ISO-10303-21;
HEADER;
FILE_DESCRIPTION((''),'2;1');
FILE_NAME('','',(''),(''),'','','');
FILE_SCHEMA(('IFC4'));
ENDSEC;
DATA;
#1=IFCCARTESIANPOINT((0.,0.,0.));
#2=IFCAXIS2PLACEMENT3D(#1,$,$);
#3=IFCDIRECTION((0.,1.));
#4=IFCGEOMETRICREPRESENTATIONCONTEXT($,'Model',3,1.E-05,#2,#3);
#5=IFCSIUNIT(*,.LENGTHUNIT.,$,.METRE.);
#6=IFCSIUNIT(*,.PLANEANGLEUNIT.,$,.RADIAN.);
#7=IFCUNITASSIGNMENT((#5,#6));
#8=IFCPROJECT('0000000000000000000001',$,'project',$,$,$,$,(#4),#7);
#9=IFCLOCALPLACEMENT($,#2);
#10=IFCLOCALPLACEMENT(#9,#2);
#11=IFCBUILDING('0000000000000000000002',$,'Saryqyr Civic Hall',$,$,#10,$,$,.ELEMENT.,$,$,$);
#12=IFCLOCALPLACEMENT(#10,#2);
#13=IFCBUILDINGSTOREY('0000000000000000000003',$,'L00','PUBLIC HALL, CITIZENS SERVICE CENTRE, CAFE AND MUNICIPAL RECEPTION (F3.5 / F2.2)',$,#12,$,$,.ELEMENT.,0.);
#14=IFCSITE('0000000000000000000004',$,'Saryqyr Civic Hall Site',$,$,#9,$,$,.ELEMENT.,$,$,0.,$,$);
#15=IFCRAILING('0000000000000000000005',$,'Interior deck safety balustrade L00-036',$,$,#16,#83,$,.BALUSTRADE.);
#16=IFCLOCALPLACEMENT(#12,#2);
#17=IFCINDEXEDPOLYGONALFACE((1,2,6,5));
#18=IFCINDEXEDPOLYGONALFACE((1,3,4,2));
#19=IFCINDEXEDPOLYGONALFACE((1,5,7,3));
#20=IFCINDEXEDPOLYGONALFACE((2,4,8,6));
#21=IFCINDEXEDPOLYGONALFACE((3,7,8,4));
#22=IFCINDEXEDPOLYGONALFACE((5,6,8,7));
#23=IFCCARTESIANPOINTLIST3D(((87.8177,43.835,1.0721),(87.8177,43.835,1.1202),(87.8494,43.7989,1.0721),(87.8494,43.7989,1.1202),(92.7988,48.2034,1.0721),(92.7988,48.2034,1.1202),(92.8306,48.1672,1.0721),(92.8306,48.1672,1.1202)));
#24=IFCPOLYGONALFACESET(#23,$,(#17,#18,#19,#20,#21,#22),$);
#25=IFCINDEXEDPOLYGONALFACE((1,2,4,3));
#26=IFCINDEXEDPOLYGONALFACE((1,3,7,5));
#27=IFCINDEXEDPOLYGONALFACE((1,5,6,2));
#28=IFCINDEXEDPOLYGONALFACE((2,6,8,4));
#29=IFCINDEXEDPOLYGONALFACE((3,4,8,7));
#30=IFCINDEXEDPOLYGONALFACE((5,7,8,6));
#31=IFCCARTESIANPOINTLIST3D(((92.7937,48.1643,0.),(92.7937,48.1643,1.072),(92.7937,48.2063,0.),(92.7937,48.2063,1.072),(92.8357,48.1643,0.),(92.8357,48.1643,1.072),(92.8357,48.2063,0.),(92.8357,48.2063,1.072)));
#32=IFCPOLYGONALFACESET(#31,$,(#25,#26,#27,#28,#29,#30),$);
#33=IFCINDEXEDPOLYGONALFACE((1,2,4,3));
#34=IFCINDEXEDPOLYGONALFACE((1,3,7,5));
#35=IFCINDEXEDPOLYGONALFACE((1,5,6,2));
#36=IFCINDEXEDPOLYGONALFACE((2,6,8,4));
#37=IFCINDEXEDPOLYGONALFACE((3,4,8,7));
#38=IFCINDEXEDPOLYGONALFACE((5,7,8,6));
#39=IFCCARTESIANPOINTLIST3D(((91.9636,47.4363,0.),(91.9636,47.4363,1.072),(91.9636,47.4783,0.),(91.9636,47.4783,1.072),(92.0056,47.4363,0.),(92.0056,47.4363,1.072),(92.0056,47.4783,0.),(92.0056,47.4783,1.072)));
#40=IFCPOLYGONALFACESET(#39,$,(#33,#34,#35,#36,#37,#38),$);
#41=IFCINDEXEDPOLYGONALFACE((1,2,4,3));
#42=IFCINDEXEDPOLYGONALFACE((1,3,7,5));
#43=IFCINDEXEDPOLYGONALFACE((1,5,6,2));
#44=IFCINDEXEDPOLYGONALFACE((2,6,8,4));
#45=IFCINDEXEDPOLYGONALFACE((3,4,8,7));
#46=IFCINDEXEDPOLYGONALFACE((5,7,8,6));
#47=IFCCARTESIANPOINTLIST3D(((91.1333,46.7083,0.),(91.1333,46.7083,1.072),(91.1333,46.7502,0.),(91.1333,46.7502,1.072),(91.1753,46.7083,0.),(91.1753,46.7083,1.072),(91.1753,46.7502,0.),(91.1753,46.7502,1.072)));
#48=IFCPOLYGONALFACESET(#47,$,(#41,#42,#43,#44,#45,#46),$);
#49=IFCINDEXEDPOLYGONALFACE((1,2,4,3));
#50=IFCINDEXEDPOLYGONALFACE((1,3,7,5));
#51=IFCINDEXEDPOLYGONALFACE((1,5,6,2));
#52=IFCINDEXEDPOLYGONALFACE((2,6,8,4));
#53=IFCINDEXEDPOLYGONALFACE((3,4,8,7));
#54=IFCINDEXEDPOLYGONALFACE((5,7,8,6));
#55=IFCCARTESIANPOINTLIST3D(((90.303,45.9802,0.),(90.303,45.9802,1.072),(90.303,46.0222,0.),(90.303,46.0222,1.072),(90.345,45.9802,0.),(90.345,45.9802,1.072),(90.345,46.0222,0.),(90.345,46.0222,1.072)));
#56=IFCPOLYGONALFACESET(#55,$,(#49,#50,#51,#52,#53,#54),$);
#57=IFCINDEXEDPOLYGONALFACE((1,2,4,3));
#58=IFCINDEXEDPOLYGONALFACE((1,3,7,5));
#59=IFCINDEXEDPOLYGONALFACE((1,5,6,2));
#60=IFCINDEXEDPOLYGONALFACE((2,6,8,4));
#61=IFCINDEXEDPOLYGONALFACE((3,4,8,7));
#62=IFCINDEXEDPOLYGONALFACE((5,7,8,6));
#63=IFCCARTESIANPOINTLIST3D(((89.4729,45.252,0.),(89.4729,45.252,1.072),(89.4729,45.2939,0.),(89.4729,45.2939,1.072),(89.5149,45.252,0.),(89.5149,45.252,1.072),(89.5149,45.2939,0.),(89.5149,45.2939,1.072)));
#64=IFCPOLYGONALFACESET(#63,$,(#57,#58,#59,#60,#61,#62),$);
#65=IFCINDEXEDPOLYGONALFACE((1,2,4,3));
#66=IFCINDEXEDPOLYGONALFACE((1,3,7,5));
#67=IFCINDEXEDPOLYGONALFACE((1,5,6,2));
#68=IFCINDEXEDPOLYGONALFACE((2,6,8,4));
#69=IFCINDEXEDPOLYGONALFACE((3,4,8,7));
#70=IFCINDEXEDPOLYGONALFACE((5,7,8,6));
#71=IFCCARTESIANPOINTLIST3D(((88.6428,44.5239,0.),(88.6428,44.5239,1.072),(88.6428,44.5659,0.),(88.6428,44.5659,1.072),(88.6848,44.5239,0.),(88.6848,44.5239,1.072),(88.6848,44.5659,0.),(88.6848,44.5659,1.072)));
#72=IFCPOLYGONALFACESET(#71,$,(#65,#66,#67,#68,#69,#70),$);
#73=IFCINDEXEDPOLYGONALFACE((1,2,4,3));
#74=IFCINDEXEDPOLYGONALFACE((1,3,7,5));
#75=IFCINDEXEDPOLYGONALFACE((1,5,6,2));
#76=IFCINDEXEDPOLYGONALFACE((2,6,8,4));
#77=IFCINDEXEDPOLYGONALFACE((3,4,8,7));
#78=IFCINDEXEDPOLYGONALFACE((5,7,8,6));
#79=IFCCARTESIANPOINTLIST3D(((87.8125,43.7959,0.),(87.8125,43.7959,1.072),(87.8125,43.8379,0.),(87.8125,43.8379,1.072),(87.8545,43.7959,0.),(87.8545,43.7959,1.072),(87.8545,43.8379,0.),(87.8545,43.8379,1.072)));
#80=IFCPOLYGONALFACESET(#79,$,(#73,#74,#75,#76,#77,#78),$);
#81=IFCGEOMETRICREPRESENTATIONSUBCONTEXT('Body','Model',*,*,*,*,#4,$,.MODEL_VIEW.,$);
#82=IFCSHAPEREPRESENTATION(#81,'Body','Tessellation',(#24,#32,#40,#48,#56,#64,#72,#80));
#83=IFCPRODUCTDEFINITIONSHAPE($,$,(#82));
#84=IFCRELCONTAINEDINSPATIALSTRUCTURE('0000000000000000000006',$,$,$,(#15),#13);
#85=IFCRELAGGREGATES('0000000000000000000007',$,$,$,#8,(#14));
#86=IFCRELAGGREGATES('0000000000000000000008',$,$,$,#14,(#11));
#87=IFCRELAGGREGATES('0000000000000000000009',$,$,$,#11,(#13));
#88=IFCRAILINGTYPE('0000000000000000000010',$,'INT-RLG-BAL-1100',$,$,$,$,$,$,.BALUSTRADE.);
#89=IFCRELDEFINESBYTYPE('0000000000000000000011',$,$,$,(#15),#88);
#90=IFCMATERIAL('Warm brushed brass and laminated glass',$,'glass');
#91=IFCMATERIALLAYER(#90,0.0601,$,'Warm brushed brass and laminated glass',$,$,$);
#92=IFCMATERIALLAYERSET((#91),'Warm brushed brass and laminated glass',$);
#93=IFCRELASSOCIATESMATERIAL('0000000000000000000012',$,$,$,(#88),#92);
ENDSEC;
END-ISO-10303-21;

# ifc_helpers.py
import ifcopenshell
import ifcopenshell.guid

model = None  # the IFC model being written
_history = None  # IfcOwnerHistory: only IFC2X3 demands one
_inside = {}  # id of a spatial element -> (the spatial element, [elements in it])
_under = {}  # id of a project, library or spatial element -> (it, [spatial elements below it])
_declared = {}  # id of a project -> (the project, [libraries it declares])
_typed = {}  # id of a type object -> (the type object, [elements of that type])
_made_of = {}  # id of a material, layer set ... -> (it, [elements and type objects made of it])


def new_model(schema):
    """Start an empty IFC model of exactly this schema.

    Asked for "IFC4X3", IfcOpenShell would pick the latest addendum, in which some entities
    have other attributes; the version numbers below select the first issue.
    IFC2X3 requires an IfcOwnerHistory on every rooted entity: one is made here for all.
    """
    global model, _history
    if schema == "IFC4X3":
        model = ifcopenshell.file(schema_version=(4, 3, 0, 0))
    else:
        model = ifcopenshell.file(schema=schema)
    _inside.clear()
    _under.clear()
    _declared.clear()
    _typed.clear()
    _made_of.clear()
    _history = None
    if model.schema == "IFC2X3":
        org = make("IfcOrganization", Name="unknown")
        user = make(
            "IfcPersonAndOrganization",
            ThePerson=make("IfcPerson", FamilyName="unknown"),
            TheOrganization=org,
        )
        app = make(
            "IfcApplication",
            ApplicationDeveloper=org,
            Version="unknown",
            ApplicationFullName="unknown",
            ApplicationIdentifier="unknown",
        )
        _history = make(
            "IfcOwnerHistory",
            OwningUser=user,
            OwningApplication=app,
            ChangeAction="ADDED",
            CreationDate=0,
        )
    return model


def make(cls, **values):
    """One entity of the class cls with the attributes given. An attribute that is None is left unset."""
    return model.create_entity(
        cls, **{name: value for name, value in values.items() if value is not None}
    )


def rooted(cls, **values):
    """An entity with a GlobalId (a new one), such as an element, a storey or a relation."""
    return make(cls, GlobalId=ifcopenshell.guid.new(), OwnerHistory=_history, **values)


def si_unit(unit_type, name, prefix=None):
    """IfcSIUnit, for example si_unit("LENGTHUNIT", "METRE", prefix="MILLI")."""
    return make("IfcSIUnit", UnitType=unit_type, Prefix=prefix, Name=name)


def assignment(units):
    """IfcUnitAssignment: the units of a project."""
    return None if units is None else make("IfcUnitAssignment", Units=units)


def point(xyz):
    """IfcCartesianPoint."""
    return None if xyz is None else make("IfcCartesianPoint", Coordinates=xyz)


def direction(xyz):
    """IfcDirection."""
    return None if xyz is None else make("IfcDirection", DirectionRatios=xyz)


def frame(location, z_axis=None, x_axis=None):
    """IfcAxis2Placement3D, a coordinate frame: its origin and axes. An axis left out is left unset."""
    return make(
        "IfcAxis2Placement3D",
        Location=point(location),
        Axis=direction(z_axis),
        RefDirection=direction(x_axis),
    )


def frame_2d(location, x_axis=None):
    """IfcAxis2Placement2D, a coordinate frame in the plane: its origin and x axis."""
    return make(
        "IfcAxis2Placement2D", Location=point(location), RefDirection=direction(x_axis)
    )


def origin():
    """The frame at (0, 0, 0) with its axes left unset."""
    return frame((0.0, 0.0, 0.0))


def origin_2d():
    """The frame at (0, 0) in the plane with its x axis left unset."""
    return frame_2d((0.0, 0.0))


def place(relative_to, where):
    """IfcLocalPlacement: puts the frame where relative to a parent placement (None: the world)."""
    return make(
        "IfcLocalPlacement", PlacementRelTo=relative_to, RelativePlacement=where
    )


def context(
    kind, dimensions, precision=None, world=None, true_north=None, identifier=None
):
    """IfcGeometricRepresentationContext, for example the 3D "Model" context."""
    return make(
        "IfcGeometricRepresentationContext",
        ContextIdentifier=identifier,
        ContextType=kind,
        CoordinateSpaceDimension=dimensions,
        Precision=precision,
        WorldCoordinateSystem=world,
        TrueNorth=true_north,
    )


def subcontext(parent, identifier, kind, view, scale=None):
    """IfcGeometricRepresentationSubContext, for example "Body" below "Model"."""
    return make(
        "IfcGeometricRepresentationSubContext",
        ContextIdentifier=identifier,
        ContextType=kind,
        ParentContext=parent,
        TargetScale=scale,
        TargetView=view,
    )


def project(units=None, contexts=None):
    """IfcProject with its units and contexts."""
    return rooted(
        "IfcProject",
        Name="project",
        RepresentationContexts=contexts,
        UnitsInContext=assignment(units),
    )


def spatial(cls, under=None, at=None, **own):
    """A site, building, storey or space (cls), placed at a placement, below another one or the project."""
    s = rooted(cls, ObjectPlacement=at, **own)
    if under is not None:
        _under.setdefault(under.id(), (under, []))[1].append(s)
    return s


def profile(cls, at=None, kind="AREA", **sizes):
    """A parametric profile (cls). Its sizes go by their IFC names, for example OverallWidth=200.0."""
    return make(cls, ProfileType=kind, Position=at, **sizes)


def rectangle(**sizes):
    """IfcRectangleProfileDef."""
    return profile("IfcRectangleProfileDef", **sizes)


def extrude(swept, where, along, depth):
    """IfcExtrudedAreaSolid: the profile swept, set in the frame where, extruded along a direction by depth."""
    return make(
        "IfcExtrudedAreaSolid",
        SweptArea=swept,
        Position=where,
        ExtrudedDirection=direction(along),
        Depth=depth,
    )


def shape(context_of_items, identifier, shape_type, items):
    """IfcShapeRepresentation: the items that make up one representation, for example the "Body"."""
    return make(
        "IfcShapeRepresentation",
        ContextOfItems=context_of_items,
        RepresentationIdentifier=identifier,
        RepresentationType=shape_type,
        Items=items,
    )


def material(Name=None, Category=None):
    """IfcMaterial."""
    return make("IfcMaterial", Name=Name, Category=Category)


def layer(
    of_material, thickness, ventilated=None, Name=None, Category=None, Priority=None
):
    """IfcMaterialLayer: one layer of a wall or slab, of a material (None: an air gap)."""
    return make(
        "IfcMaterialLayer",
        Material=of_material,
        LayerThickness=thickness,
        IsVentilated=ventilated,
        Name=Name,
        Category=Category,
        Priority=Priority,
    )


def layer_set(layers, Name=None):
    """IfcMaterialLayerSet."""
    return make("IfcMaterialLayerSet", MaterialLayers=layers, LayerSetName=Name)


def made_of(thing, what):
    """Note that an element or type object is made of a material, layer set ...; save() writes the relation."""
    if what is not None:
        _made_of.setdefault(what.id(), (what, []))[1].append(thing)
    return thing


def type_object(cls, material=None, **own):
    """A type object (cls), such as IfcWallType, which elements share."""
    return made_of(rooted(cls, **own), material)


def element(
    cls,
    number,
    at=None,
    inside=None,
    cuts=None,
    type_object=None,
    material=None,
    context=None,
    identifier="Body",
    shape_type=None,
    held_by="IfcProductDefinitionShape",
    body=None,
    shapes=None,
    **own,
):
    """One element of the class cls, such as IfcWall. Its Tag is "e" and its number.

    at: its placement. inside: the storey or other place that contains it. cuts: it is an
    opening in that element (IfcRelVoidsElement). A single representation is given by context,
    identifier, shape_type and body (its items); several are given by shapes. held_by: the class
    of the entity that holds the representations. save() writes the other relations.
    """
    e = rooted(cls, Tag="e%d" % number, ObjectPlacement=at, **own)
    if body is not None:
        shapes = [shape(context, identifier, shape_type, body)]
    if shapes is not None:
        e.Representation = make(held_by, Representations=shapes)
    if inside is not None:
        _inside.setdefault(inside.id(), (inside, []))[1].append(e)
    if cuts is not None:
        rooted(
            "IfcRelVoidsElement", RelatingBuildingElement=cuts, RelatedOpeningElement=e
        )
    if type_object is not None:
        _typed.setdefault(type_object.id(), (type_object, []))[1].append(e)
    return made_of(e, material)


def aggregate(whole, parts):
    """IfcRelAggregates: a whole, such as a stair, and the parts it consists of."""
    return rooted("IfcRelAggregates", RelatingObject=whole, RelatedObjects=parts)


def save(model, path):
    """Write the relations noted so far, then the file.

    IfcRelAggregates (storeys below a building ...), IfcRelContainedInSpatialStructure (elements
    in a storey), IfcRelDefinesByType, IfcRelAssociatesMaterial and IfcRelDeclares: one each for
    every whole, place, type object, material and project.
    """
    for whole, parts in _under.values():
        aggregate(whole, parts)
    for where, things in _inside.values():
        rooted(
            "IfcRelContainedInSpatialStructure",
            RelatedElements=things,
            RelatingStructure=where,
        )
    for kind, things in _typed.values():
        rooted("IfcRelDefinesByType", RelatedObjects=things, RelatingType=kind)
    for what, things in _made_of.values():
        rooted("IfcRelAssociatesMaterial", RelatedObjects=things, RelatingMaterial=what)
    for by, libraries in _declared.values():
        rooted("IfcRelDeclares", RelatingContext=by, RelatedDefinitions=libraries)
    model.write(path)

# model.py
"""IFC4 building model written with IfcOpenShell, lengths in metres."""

from ifc_helpers import new_model, si_unit, direction, frame, origin, origin_2d, place, context, subcontext, project, spatial, rectangle, extrude, material, layer, layer_set, type_object, element, save


model = new_model("IFC4")

# Units and contexts
model_context = context("Model", 3, precision=1e-05, world=origin(), true_north=direction((0.0, 1.0)))
body_context = subcontext(model_context, "Body", "Model", "MODEL_VIEW")
ifc_project = project(units=[si_unit("LENGTHUNIT", "METRE"), si_unit("PLANEANGLEUNIT", "RADIAN")], contexts=[model_context])

# Site, building, storey
site_placement = place(None, origin())
site = spatial("IfcSite", under=ifc_project, at=site_placement, Name="Saryqyr Civic Hall Site", CompositionType="ELEMENT", RefElevation=0.0)
building_placement = place(site_placement, origin())
building = spatial("IfcBuilding", under=site, at=building_placement, Name="Saryqyr Civic Hall", CompositionType="ELEMENT")
storey_placement = place(building_placement, origin())
storey = spatial("IfcBuildingStorey", under=building, at=storey_placement, Name="L00", Description="PUBLIC HALL, CITIZENS SERVICE CENTRE, CAFE AND MUNICIPAL RECEPTION (F3.5 / F2.2)", CompositionType="ELEMENT", Elevation=0.0)

# Railing
ifc_material_1 = material(Name="Warm brushed brass and laminated glass", Category="glass")
ifc_layer_1 = layer(ifc_material_1, 0.0601, Name="Warm brushed brass and laminated glass")
ifc_layer_set_1 = layer_set([ifc_layer_1], Name="Warm brushed brass and laminated glass")
railing_type = type_object("IfcRailingType", Name="INT-RLG-BAL-1100", PredefinedType="BALUSTRADE", material=ifc_layer_set_1)
railing_1_placement = place(storey_placement, frame((92.8147, 48.1853, 0.0)))
element("IfcRailing", 1, at=railing_1_placement, inside=storey, type_object=railing_type, Name="Interior deck safety balustrade L00-036", PredefinedType="BALUSTRADE", context=body_context, shape_type="SweptSolid", body=[
    extrude(rectangle(XDim=0.0481, YDim=0.0481, at=origin_2d()), frame((0.0, 0.0, 1.0962), z_axis=(-0.751839, -0.659347, 0.0), x_axis=(0.659347, -0.751839, 0.0)), (0.0, 0.0, 1.0), 6.6252),
    extrude(rectangle(XDim=0.042, YDim=0.042, at=origin_2d()), origin(), (0.0, 0.0, 1.0), 1.072),
    extrude(rectangle(XDim=0.042, YDim=0.042, at=origin_2d()), frame((-0.8301, -0.728, 0.0)), (0.0, 0.0, 1.0), 1.072),
    extrude(rectangle(XDim=0.042, YDim=0.042, at=origin_2d()), frame((-1.6604, -1.4561, 0.0)), (0.0, 0.0, 1.0), 1.072),
    extrude(rectangle(XDim=0.042, YDim=0.042, at=origin_2d()), frame((-2.4907, -2.1841, 0.0)), (0.0, 0.0, 1.0), 1.072),
    extrude(rectangle(XDim=0.042, YDim=0.042, at=origin_2d()), frame((-3.3208, -2.9124, 0.0)), (0.0, 0.0, 1.0), 1.072),
    extrude(rectangle(XDim=0.042, YDim=0.042, at=origin_2d()), frame((-4.1509, -3.6404, 0.0)), (0.0, 0.0, 1.0), 1.072),
    extrude(rectangle(XDim=0.042, YDim=0.042, at=origin_2d()), frame((-4.9812, -4.3684, 0.0)), (0.0, 0.0, 1.0), 1.072),
])

save(model, "model.ifc")
